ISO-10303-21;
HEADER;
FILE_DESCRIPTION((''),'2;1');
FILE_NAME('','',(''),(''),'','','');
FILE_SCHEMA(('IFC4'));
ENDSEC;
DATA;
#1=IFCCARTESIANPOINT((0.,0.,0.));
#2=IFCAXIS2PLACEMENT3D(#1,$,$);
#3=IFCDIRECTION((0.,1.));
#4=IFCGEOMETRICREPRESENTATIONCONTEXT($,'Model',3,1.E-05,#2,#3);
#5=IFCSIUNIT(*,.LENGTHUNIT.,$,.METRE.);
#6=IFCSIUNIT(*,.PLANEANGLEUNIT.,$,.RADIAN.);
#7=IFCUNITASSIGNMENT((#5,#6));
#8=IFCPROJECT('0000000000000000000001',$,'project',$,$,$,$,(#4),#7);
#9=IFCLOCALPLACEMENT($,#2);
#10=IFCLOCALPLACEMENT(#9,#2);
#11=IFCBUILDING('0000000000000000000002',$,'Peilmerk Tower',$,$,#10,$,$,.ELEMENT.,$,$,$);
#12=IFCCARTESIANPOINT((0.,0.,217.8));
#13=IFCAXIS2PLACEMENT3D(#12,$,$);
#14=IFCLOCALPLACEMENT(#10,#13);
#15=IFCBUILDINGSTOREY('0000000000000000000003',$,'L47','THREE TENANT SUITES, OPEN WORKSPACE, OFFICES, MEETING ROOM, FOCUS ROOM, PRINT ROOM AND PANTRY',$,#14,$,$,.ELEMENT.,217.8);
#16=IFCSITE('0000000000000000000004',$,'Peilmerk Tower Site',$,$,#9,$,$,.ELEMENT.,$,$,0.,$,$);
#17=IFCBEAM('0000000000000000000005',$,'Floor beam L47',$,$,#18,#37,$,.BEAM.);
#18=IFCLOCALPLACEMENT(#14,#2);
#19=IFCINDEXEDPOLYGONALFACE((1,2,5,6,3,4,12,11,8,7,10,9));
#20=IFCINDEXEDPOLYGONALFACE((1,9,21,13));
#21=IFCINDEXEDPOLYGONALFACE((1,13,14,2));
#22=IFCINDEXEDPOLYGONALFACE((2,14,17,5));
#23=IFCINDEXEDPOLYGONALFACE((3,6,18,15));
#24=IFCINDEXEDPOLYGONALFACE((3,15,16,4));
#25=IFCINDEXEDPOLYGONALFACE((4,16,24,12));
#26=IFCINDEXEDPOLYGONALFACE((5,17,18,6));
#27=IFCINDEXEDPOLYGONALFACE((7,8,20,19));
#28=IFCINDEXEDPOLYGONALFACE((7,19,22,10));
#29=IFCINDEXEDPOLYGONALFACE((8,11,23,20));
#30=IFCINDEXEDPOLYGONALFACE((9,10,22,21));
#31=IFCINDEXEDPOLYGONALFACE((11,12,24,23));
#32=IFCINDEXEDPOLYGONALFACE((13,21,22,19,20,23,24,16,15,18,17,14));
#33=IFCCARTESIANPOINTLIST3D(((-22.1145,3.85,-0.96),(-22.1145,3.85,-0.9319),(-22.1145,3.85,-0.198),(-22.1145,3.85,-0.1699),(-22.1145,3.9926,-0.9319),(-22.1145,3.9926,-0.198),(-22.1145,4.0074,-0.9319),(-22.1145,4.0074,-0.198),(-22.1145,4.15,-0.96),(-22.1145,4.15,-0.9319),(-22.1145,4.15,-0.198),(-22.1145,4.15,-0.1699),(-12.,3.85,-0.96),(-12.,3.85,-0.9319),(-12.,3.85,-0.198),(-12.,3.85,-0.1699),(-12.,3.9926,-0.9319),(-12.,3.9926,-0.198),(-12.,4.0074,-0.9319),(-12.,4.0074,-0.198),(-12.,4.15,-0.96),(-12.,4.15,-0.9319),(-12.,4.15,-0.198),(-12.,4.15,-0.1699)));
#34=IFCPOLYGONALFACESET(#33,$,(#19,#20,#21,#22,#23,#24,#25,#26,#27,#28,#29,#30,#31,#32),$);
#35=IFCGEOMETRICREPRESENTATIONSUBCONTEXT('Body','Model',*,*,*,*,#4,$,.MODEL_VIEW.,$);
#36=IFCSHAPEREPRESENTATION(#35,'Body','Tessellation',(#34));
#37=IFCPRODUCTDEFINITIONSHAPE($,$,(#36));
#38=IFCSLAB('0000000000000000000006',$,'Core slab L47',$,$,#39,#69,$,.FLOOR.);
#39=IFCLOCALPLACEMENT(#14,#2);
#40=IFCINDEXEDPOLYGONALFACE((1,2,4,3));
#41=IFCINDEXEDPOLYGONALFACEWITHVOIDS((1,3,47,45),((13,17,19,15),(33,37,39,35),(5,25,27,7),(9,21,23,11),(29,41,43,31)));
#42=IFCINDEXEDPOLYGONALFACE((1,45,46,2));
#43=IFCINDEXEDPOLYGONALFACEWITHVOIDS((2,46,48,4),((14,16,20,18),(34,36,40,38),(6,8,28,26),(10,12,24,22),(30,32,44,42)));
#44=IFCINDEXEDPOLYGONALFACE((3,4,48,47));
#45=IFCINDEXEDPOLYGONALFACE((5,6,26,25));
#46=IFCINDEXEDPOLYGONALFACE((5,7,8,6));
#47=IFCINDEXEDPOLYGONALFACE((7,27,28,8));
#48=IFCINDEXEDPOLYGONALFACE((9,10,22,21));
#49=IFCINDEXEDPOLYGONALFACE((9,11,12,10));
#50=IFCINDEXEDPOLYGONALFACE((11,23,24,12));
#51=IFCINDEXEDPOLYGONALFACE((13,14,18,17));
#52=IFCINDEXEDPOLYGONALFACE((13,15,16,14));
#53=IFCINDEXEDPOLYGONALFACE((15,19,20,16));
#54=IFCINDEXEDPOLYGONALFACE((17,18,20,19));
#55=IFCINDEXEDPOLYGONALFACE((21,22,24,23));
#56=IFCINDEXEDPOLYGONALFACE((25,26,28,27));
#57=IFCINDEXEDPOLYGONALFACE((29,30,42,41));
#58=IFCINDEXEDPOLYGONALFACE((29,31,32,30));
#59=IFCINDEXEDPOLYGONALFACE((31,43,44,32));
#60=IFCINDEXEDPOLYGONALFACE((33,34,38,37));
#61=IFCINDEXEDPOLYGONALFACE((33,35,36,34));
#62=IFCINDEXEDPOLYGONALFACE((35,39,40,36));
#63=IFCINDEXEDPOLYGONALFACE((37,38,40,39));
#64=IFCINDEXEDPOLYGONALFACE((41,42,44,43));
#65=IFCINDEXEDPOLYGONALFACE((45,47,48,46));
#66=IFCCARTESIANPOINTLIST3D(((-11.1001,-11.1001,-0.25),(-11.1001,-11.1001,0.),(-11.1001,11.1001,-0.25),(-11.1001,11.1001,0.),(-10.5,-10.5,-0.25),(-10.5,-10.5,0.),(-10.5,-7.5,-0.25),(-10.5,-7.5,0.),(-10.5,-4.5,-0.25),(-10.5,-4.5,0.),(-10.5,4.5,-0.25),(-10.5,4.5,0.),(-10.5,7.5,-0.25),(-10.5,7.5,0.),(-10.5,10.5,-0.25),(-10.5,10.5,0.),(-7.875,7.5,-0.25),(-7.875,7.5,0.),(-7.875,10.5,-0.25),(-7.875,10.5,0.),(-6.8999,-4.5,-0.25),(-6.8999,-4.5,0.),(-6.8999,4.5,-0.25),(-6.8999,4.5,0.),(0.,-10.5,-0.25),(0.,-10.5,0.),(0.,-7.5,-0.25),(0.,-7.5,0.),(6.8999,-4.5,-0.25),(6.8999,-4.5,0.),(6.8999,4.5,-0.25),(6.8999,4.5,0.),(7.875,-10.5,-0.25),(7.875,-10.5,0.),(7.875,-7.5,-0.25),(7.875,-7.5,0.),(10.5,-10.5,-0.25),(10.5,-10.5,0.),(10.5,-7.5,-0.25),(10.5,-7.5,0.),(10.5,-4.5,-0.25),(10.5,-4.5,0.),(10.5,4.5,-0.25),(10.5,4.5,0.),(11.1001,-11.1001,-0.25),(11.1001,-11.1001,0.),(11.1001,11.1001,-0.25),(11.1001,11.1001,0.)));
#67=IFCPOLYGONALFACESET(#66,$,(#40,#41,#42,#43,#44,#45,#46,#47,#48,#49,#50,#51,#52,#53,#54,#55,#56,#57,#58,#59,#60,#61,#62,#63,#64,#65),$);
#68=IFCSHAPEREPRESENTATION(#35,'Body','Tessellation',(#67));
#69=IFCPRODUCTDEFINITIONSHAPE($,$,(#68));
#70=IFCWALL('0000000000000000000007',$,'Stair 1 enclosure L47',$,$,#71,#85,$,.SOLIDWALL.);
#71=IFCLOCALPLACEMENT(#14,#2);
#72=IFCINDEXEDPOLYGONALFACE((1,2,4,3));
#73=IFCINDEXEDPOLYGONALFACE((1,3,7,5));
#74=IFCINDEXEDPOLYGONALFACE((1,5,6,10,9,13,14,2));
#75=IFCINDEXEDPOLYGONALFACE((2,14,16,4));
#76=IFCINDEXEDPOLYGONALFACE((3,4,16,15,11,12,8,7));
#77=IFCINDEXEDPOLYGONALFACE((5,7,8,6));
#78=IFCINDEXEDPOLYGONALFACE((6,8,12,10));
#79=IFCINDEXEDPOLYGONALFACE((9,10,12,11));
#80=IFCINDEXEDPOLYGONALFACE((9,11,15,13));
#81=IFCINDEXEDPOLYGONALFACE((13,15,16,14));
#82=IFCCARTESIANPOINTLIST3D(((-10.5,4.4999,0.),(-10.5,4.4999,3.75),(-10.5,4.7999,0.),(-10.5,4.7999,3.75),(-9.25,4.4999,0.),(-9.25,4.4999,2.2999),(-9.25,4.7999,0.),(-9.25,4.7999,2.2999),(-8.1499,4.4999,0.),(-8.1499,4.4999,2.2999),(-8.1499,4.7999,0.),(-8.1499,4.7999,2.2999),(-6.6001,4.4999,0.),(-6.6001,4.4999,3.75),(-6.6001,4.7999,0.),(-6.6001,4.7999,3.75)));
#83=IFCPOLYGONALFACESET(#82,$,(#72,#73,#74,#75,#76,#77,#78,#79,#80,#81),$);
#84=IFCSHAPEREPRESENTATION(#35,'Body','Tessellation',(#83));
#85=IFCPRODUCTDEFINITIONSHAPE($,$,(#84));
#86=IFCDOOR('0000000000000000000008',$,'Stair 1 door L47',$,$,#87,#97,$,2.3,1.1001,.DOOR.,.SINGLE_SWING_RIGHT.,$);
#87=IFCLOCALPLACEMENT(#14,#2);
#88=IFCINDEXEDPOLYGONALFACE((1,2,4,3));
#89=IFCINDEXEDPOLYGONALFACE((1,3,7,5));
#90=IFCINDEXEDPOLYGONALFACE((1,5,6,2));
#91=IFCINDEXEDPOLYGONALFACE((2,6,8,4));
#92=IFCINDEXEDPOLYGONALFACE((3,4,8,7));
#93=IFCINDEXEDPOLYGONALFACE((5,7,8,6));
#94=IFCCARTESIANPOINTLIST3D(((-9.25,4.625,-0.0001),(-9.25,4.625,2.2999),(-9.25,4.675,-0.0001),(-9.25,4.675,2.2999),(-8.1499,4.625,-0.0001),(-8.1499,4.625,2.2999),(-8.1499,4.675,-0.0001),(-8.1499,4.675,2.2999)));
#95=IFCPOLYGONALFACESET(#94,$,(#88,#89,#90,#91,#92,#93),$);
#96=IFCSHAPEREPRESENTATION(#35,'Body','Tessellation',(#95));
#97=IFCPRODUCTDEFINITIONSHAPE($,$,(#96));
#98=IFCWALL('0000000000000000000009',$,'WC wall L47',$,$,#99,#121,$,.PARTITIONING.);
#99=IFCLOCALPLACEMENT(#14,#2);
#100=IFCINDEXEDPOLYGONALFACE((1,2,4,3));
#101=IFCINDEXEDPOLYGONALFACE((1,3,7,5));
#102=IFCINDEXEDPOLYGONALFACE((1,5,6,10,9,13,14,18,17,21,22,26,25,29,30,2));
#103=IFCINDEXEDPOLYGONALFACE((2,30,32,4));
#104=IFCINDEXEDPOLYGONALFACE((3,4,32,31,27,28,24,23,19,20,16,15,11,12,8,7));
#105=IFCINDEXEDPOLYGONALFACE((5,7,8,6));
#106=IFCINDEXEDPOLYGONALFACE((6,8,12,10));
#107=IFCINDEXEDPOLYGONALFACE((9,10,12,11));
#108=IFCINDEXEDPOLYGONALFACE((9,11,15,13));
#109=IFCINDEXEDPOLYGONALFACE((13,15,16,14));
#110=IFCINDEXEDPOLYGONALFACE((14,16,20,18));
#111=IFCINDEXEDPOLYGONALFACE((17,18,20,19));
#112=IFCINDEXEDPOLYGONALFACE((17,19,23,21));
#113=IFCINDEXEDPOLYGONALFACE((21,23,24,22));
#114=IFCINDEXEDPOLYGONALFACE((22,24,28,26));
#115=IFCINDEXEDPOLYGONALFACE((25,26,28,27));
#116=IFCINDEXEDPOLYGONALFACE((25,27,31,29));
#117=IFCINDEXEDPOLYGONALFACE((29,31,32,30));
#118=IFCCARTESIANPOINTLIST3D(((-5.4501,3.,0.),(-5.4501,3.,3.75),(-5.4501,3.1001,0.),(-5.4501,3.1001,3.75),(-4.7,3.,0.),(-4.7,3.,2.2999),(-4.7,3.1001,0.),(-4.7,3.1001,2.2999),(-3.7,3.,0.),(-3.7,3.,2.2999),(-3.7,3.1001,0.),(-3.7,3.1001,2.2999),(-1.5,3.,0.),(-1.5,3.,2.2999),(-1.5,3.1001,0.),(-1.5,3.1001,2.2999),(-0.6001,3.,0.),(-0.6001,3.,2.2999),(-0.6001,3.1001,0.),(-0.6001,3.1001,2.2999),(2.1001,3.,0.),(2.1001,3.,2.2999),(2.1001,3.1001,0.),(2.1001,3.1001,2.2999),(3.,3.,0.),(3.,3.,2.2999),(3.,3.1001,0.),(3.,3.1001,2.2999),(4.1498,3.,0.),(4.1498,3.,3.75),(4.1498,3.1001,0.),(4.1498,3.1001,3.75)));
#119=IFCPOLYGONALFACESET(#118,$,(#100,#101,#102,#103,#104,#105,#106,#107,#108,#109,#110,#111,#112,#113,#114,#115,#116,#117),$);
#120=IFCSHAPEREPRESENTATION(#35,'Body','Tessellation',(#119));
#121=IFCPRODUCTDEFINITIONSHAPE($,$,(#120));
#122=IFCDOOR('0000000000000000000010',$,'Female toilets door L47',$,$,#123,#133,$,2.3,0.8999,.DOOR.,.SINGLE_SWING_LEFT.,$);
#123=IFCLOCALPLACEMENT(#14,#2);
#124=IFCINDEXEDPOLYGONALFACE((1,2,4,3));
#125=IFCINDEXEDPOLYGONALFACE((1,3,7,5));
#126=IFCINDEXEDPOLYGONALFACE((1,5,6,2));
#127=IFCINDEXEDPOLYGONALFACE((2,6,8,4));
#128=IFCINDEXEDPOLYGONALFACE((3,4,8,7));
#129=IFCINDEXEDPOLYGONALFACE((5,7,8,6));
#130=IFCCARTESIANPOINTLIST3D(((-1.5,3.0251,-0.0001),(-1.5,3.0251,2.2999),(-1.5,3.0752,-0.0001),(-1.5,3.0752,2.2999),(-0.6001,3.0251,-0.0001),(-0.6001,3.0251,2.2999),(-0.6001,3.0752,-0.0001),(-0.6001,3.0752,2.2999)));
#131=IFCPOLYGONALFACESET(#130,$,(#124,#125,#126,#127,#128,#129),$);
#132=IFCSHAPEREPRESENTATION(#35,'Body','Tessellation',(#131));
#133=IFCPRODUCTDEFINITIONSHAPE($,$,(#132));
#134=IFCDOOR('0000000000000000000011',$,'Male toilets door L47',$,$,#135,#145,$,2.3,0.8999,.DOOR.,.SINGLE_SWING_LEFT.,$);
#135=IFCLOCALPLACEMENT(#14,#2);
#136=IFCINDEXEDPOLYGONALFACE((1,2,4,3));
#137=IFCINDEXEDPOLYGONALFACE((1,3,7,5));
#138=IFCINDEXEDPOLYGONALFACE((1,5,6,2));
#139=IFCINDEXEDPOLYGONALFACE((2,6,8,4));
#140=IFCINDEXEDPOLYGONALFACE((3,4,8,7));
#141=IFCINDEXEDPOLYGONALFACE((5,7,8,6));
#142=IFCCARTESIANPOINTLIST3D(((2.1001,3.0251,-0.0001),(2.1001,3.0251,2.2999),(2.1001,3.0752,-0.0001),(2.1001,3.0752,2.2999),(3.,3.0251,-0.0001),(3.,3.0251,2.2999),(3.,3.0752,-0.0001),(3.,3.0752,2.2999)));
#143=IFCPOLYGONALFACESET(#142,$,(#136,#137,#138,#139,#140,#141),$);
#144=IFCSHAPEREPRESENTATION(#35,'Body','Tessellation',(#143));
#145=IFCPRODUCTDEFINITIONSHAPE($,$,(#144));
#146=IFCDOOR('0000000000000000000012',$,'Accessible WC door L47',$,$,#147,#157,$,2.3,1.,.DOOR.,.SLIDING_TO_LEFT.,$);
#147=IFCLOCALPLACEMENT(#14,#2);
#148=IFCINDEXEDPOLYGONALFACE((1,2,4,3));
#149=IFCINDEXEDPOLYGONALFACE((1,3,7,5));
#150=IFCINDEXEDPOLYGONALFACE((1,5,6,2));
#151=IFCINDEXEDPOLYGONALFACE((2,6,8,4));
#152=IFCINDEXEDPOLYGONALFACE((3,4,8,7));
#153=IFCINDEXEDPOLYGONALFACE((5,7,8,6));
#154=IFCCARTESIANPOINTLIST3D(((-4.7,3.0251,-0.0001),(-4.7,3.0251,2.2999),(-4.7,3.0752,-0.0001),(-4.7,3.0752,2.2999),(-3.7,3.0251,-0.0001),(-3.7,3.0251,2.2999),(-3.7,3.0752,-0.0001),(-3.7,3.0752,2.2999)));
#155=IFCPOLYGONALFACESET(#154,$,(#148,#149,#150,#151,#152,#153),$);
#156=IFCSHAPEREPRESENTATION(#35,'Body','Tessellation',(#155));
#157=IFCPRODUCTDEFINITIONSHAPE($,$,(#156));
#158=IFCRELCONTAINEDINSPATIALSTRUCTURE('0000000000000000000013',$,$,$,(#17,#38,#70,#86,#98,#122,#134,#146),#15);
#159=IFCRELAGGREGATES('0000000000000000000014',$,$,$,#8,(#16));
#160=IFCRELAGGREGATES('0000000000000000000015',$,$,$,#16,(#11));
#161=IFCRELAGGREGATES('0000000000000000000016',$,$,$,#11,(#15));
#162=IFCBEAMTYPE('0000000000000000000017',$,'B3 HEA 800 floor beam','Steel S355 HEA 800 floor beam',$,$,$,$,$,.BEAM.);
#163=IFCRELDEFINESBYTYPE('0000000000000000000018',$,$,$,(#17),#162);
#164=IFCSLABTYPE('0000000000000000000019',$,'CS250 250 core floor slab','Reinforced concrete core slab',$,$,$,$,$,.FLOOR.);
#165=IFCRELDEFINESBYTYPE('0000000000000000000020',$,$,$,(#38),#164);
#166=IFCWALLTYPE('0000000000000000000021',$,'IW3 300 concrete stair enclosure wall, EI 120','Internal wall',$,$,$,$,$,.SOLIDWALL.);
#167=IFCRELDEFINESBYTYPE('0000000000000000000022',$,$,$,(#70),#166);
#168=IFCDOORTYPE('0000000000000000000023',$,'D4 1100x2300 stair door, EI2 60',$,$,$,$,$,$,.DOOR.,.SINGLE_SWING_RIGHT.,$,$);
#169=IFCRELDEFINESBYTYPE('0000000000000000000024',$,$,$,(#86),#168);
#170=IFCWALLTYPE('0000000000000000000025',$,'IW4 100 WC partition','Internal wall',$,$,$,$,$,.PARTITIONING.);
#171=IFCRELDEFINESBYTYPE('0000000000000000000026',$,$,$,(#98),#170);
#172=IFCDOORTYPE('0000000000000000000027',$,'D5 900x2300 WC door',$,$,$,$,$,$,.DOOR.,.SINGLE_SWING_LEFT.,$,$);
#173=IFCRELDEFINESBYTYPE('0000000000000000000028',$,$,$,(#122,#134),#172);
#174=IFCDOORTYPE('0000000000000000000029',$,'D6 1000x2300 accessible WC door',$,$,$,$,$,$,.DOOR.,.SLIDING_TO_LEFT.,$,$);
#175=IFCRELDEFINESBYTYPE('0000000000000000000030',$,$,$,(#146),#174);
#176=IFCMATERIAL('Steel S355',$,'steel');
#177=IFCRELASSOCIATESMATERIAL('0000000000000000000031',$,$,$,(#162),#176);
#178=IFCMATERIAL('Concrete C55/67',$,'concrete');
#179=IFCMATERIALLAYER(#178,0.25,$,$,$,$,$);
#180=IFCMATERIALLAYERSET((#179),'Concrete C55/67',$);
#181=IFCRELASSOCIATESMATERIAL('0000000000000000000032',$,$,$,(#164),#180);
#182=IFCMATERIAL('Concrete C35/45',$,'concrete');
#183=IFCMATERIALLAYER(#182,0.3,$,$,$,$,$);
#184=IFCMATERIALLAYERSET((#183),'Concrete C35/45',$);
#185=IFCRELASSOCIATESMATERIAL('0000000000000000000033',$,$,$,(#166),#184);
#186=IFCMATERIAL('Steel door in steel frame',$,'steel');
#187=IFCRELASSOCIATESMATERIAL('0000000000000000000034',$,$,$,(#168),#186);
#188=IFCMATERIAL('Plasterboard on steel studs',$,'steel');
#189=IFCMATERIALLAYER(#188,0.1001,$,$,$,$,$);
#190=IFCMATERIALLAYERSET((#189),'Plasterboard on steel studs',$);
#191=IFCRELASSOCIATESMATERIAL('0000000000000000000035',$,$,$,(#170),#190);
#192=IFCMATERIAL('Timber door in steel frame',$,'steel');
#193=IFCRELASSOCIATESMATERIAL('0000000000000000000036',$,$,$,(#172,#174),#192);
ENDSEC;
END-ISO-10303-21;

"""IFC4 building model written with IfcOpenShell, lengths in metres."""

from ifc_helpers import new_model, si_unit, direction, frame, frame_2d, origin, origin_2d, place, context, subcontext, project, spatial, polyline, rectangle, i_section, outline, extrude, material, layer, layer_set, material_profile, profile_set, type_object, element, fill, save


model = new_model("IFC4")

# Units and contexts
model_context = context("Model", 3, precision=1e-05, world=origin(), true_north=direction((0.0, 1.0)))
body_context = subcontext(model_context, "Body", "Model", "MODEL_VIEW")
ifc_project = project(units=[si_unit("LENGTHUNIT", "METRE"), si_unit("PLANEANGLEUNIT", "RADIAN")], contexts=[model_context])

# Site, building, storey
site_placement = place(None, origin())
site = spatial("IfcSite", under=ifc_project, at=site_placement, Name="Peilmerk Tower Site", CompositionType="ELEMENT", RefElevation=0.0)
building_placement = place(site_placement, origin())
building = spatial("IfcBuilding", under=site, at=building_placement, Name="Peilmerk Tower", CompositionType="ELEMENT")
storey_placement = place(building_placement, frame((0.0, 0.0, 217.8)))
storey = spatial("IfcBuildingStorey", under=building, at=storey_placement, Name="L47", Description="THREE TENANT SUITES, OPEN WORKSPACE, OFFICES, MEETING ROOM, FOCUS ROOM, PRINT ROOM AND PANTRY", CompositionType="ELEMENT", Elevation=217.8)

# Beam
ifc_material_1 = material(Name="Steel S355", Category="steel")
ifc_material_profile = material_profile(ifc_material_1, i_section(OverallWidth=0.3, OverallDepth=0.79, WebThickness=0.0149, FlangeThickness=0.0281, at=origin_2d()), Name="HEA 800")
ifc_profile_set = profile_set([ifc_material_profile], Name="Steel S355")
beam_type = type_object("IfcBeamType", Name="B3 HEA 800 floor beam", Description="Steel S355 HEA 800 floor beam", PredefinedType="BEAM", material=ifc_profile_set)
beam_placement = place(storey_placement, frame((-12.0, 4.0, -0.5649), z_axis=(-1.0, 0.0, 0.0), x_axis=(0.0, -1.0, 0.0)))
element("IfcBeam", 1, at=beam_placement, inside=storey, type_object=beam_type, Name="Floor beam L47", PredefinedType="BEAM", context=body_context, shape_type="SweptSolid", body=[
    extrude(i_section(OverallWidth=0.3, OverallDepth=0.79, WebThickness=0.0149, FlangeThickness=0.0281, at=origin_2d()), origin(), (0.0, 0.0, 1.0), 10.1145),
])

# Slab
ifc_material_2 = material(Name="Concrete C55/67", Category="concrete")
ifc_layer_1 = layer(ifc_material_2, 0.25)
ifc_layer_set_1 = layer_set([ifc_layer_1], Name="Concrete C55/67")
slab_type = type_object("IfcSlabType", Name="CS250 250 core floor slab", Description="Reinforced concrete core slab", PredefinedType="FLOOR", material=ifc_layer_set_1)
slab_placement = place(storey_placement, frame((0.0, 0.0, -0.25)))
element("IfcSlab", 2, at=slab_placement, inside=storey, type_object=slab_type, Name="Core slab L47", PredefinedType="FLOOR", context=body_context, shape_type="SweptSolid", body=[
    extrude(outline(polyline([(11.1001, -11.1001), (11.1001, 11.1001), (-11.1001, 11.1001), (-11.1001, -11.1001), (11.1001, -11.1001)]), holes=[polyline([(-7.875, 7.5), (-10.5, 7.5), (-10.5, 10.5), (-7.875, 10.5), (-7.875, 7.5)]), polyline([(0.0, -10.5), (-10.5, -10.5), (-10.5, -7.5), (0.0, -7.5), (0.0, -10.5)]), polyline([(7.875, -10.5), (7.875, -7.5), (10.5, -7.5), (10.5, -10.5), (7.875, -10.5)]), polyline([(-10.5, 4.5), (-6.8999, 4.5), (-6.8999, -4.5), (-10.5, -4.5), (-10.5, 4.5)]), polyline([(10.5, 4.5), (10.5, -4.5), (6.8999, -4.5), (6.8999, 4.5), (10.5, 4.5)])]), origin(), (0.0, 0.0, 1.0), 0.25),
])

# Wall, opening, door
ifc_material_3 = material(Name="Concrete C35/45", Category="concrete")
ifc_layer_2 = layer(ifc_material_3, 0.3)
ifc_layer_set_2 = layer_set([ifc_layer_2], Name="Concrete C35/45")
wall_type_1 = type_object("IfcWallType", Name="IW3 300 concrete stair enclosure wall, EI 120", Description="Internal wall", PredefinedType="SOLIDWALL", material=ifc_layer_set_2)
wall_1_placement = place(storey_placement, frame((-10.5, 4.6499, 0.0), z_axis=(0.0, 0.0, 1.0), x_axis=(1.0, 0.0, 0.0)))
wall_1 = element("IfcWall", 3, at=wall_1_placement, inside=storey, type_object=wall_type_1, Name="Stair 1 enclosure L47", PredefinedType="SOLIDWALL", context=body_context, shape_type="SweptSolid", body=[
    extrude(rectangle(XDim=3.8999, YDim=0.3, at=frame_2d((1.95, 0.0))), origin(), (0.0, 0.0, 1.0), 3.75),
])
opening_1_placement = place(wall_1_placement, frame((1.25, 0.0, 0.0)))
opening_1 = element("IfcOpeningElement", 4, at=opening_1_placement, cuts=wall_1, PredefinedType="OPENING", context=body_context, shape_type="SweptSolid", body=[
    extrude(rectangle(XDim=1.1001, YDim=2.3, at=frame_2d((0.55, 1.1499))), frame((0.0, 0.1599, 0.0), z_axis=(0.0, -1.0, 0.0), x_axis=(1.0, 0.0, 0.0)), (0.0, 0.0, 1.0), 0.3201),
])
ifc_material_4 = material(Name="Steel door in steel frame", Category="steel")
door_type_1 = type_object("IfcDoorType", Name="D4 1100x2300 stair door, EI2 60", OperationType="SINGLE_SWING_RIGHT", PredefinedType="DOOR", material=ifc_material_4)
door_1_placement = place(opening_1_placement, frame((1.1001, 0.0, 0.0), z_axis=(0.0, 0.0, 1.0), x_axis=(-1.0, 0.0, 0.0)))
door_1 = element("IfcDoor", 5, at=door_1_placement, inside=storey, type_object=door_type_1, Name="Stair 1 door L47", OperationType="SINGLE_SWING_RIGHT", OverallHeight=2.3, OverallWidth=1.1001, PredefinedType="DOOR", context=body_context, shape_type="SweptSolid", body=[
    extrude(rectangle(XDim=1.1001, YDim=2.3, at=frame_2d((0.55, 1.1499))), frame((0.0, 0.0249, 0.0), z_axis=(0.0, -1.0, 0.0), x_axis=(1.0, 0.0, 0.0)), (0.0, 0.0, 1.0), 0.05),
])
fill(opening_1, door_1)

# Wall, openings, doors
ifc_material_5 = material(Name="Plasterboard on steel studs", Category="steel")
ifc_layer_3 = layer(ifc_material_5, 0.1001)
ifc_layer_set_3 = layer_set([ifc_layer_3], Name="Plasterboard on steel studs")
wall_type_2 = type_object("IfcWallType", Name="IW4 100 WC partition", Description="Internal wall", PredefinedType="PARTITIONING", material=ifc_layer_set_3)
wall_2_placement = place(storey_placement, frame((-5.45, 3.05, 0.0), z_axis=(0.0, 0.0, 1.0), x_axis=(1.0, 0.0, 0.0)))
wall_2 = element("IfcWall", 6, at=wall_2_placement, inside=storey, type_object=wall_type_2, Name="WC wall L47", PredefinedType="PARTITIONING", context=body_context, shape_type="SweptSolid", body=[
    extrude(rectangle(XDim=9.5999, YDim=0.1001, at=frame_2d((4.7998, 0.0))), origin(), (0.0, 0.0, 1.0), 3.75),
])
opening_2_placement = place(wall_2_placement, frame((0.75, 0.0, 0.0)))
opening_2 = element("IfcOpeningElement", 7, at=opening_2_placement, cuts=wall_2, PredefinedType="OPENING", context=body_context, shape_type="SweptSolid", body=[
    extrude(rectangle(XDim=1.0, YDim=2.3, at=frame_2d((0.5, 1.1499))), frame((0.0, 0.0601, 0.0), z_axis=(0.0, -1.0, 0.0), x_axis=(1.0, 0.0, 0.0)), (0.0, 0.0, 1.0), 0.1201),
])
opening_3_placement = place(wall_2_placement, frame((3.95, 0.0, 0.0)))
opening_3 = element("IfcOpeningElement", 8, at=opening_3_placement, cuts=wall_2, PredefinedType="OPENING", context=body_context, shape_type="SweptSolid", body=[
    extrude(rectangle(XDim=0.8999, YDim=2.3, at=frame_2d((0.45, 1.1499))), frame((0.0, 0.0601, 0.0), z_axis=(0.0, -1.0, 0.0), x_axis=(1.0, 0.0, 0.0)), (0.0, 0.0, 1.0), 0.1201),
])
opening_4_placement = place(wall_2_placement, frame((7.55, 0.0, 0.0)))
opening_4 = element("IfcOpeningElement", 9, at=opening_4_placement, cuts=wall_2, PredefinedType="OPENING", context=body_context, shape_type="SweptSolid", body=[
    extrude(rectangle(XDim=0.8999, YDim=2.3, at=frame_2d((0.45, 1.1499))), frame((0.0, 0.0601, 0.0), z_axis=(0.0, -1.0, 0.0), x_axis=(1.0, 0.0, 0.0)), (0.0, 0.0, 1.0), 0.1201),
])
ifc_material_6 = material(Name="Timber door in steel frame", Category="steel")
door_type_2 = type_object("IfcDoorType", Name="D5 900x2300 WC door", OperationType="SINGLE_SWING_LEFT", PredefinedType="DOOR", material=ifc_material_6)
door_2_placement = place(opening_3_placement, frame((0.8999, 0.0, 0.0), z_axis=(0.0, 0.0, 1.0), x_axis=(-1.0, 0.0, 0.0)))
door_2 = element("IfcDoor", 10, at=door_2_placement, inside=storey, type_object=door_type_2, Name="Female toilets door L47", OperationType="SINGLE_SWING_LEFT", OverallHeight=2.3, OverallWidth=0.8999, PredefinedType="DOOR", context=body_context, shape_type="SweptSolid", body=[
    extrude(rectangle(XDim=0.8999, YDim=2.3, at=frame_2d((0.45, 1.1499))), frame((0.0, 0.0249, 0.0), z_axis=(0.0, -1.0, 0.0), x_axis=(1.0, 0.0, 0.0)), (0.0, 0.0, 1.0), 0.05),
])
fill(opening_3, door_2)
door_3_placement = place(opening_4_placement, frame((0.8999, 0.0, 0.0), z_axis=(0.0, 0.0, 1.0), x_axis=(-1.0, 0.0, 0.0)))
door_3 = element("IfcDoor", 11, at=door_3_placement, inside=storey, type_object=door_type_2, Name="Male toilets door L47", OperationType="SINGLE_SWING_LEFT", OverallHeight=2.3, OverallWidth=0.8999, PredefinedType="DOOR", context=body_context, shape_type="SweptSolid", body=[
    extrude(rectangle(XDim=0.8999, YDim=2.3, at=frame_2d((0.45, 1.1499))), frame((0.0, 0.0249, 0.0), z_axis=(0.0, -1.0, 0.0), x_axis=(1.0, 0.0, 0.0)), (0.0, 0.0, 1.0), 0.05),
])
fill(opening_4, door_3)
door_type_3 = type_object("IfcDoorType", Name="D6 1000x2300 accessible WC door", OperationType="SLIDING_TO_LEFT", PredefinedType="DOOR", material=ifc_material_6)
door_4_placement = place(opening_2_placement, frame((1.0, 0.0, 0.0), z_axis=(0.0, 0.0, 1.0), x_axis=(-1.0, 0.0, 0.0)))
door_4 = element("IfcDoor", 12, at=door_4_placement, inside=storey, type_object=door_type_3, Name="Accessible WC door L47", OperationType="SLIDING_TO_LEFT", OverallHeight=2.3, OverallWidth=1.0, PredefinedType="DOOR", context=body_context, shape_type="SweptSolid", body=[
    extrude(rectangle(XDim=1.0, YDim=2.3, at=frame_2d((0.5, 1.1499))), frame((0.0, 0.0249, 0.0), z_axis=(0.0, -1.0, 0.0), x_axis=(1.0, 0.0, 0.0)), (0.0, 0.0, 1.0), 0.05),
])
fill(opening_2, door_4)

save(model, "model.ifc")
